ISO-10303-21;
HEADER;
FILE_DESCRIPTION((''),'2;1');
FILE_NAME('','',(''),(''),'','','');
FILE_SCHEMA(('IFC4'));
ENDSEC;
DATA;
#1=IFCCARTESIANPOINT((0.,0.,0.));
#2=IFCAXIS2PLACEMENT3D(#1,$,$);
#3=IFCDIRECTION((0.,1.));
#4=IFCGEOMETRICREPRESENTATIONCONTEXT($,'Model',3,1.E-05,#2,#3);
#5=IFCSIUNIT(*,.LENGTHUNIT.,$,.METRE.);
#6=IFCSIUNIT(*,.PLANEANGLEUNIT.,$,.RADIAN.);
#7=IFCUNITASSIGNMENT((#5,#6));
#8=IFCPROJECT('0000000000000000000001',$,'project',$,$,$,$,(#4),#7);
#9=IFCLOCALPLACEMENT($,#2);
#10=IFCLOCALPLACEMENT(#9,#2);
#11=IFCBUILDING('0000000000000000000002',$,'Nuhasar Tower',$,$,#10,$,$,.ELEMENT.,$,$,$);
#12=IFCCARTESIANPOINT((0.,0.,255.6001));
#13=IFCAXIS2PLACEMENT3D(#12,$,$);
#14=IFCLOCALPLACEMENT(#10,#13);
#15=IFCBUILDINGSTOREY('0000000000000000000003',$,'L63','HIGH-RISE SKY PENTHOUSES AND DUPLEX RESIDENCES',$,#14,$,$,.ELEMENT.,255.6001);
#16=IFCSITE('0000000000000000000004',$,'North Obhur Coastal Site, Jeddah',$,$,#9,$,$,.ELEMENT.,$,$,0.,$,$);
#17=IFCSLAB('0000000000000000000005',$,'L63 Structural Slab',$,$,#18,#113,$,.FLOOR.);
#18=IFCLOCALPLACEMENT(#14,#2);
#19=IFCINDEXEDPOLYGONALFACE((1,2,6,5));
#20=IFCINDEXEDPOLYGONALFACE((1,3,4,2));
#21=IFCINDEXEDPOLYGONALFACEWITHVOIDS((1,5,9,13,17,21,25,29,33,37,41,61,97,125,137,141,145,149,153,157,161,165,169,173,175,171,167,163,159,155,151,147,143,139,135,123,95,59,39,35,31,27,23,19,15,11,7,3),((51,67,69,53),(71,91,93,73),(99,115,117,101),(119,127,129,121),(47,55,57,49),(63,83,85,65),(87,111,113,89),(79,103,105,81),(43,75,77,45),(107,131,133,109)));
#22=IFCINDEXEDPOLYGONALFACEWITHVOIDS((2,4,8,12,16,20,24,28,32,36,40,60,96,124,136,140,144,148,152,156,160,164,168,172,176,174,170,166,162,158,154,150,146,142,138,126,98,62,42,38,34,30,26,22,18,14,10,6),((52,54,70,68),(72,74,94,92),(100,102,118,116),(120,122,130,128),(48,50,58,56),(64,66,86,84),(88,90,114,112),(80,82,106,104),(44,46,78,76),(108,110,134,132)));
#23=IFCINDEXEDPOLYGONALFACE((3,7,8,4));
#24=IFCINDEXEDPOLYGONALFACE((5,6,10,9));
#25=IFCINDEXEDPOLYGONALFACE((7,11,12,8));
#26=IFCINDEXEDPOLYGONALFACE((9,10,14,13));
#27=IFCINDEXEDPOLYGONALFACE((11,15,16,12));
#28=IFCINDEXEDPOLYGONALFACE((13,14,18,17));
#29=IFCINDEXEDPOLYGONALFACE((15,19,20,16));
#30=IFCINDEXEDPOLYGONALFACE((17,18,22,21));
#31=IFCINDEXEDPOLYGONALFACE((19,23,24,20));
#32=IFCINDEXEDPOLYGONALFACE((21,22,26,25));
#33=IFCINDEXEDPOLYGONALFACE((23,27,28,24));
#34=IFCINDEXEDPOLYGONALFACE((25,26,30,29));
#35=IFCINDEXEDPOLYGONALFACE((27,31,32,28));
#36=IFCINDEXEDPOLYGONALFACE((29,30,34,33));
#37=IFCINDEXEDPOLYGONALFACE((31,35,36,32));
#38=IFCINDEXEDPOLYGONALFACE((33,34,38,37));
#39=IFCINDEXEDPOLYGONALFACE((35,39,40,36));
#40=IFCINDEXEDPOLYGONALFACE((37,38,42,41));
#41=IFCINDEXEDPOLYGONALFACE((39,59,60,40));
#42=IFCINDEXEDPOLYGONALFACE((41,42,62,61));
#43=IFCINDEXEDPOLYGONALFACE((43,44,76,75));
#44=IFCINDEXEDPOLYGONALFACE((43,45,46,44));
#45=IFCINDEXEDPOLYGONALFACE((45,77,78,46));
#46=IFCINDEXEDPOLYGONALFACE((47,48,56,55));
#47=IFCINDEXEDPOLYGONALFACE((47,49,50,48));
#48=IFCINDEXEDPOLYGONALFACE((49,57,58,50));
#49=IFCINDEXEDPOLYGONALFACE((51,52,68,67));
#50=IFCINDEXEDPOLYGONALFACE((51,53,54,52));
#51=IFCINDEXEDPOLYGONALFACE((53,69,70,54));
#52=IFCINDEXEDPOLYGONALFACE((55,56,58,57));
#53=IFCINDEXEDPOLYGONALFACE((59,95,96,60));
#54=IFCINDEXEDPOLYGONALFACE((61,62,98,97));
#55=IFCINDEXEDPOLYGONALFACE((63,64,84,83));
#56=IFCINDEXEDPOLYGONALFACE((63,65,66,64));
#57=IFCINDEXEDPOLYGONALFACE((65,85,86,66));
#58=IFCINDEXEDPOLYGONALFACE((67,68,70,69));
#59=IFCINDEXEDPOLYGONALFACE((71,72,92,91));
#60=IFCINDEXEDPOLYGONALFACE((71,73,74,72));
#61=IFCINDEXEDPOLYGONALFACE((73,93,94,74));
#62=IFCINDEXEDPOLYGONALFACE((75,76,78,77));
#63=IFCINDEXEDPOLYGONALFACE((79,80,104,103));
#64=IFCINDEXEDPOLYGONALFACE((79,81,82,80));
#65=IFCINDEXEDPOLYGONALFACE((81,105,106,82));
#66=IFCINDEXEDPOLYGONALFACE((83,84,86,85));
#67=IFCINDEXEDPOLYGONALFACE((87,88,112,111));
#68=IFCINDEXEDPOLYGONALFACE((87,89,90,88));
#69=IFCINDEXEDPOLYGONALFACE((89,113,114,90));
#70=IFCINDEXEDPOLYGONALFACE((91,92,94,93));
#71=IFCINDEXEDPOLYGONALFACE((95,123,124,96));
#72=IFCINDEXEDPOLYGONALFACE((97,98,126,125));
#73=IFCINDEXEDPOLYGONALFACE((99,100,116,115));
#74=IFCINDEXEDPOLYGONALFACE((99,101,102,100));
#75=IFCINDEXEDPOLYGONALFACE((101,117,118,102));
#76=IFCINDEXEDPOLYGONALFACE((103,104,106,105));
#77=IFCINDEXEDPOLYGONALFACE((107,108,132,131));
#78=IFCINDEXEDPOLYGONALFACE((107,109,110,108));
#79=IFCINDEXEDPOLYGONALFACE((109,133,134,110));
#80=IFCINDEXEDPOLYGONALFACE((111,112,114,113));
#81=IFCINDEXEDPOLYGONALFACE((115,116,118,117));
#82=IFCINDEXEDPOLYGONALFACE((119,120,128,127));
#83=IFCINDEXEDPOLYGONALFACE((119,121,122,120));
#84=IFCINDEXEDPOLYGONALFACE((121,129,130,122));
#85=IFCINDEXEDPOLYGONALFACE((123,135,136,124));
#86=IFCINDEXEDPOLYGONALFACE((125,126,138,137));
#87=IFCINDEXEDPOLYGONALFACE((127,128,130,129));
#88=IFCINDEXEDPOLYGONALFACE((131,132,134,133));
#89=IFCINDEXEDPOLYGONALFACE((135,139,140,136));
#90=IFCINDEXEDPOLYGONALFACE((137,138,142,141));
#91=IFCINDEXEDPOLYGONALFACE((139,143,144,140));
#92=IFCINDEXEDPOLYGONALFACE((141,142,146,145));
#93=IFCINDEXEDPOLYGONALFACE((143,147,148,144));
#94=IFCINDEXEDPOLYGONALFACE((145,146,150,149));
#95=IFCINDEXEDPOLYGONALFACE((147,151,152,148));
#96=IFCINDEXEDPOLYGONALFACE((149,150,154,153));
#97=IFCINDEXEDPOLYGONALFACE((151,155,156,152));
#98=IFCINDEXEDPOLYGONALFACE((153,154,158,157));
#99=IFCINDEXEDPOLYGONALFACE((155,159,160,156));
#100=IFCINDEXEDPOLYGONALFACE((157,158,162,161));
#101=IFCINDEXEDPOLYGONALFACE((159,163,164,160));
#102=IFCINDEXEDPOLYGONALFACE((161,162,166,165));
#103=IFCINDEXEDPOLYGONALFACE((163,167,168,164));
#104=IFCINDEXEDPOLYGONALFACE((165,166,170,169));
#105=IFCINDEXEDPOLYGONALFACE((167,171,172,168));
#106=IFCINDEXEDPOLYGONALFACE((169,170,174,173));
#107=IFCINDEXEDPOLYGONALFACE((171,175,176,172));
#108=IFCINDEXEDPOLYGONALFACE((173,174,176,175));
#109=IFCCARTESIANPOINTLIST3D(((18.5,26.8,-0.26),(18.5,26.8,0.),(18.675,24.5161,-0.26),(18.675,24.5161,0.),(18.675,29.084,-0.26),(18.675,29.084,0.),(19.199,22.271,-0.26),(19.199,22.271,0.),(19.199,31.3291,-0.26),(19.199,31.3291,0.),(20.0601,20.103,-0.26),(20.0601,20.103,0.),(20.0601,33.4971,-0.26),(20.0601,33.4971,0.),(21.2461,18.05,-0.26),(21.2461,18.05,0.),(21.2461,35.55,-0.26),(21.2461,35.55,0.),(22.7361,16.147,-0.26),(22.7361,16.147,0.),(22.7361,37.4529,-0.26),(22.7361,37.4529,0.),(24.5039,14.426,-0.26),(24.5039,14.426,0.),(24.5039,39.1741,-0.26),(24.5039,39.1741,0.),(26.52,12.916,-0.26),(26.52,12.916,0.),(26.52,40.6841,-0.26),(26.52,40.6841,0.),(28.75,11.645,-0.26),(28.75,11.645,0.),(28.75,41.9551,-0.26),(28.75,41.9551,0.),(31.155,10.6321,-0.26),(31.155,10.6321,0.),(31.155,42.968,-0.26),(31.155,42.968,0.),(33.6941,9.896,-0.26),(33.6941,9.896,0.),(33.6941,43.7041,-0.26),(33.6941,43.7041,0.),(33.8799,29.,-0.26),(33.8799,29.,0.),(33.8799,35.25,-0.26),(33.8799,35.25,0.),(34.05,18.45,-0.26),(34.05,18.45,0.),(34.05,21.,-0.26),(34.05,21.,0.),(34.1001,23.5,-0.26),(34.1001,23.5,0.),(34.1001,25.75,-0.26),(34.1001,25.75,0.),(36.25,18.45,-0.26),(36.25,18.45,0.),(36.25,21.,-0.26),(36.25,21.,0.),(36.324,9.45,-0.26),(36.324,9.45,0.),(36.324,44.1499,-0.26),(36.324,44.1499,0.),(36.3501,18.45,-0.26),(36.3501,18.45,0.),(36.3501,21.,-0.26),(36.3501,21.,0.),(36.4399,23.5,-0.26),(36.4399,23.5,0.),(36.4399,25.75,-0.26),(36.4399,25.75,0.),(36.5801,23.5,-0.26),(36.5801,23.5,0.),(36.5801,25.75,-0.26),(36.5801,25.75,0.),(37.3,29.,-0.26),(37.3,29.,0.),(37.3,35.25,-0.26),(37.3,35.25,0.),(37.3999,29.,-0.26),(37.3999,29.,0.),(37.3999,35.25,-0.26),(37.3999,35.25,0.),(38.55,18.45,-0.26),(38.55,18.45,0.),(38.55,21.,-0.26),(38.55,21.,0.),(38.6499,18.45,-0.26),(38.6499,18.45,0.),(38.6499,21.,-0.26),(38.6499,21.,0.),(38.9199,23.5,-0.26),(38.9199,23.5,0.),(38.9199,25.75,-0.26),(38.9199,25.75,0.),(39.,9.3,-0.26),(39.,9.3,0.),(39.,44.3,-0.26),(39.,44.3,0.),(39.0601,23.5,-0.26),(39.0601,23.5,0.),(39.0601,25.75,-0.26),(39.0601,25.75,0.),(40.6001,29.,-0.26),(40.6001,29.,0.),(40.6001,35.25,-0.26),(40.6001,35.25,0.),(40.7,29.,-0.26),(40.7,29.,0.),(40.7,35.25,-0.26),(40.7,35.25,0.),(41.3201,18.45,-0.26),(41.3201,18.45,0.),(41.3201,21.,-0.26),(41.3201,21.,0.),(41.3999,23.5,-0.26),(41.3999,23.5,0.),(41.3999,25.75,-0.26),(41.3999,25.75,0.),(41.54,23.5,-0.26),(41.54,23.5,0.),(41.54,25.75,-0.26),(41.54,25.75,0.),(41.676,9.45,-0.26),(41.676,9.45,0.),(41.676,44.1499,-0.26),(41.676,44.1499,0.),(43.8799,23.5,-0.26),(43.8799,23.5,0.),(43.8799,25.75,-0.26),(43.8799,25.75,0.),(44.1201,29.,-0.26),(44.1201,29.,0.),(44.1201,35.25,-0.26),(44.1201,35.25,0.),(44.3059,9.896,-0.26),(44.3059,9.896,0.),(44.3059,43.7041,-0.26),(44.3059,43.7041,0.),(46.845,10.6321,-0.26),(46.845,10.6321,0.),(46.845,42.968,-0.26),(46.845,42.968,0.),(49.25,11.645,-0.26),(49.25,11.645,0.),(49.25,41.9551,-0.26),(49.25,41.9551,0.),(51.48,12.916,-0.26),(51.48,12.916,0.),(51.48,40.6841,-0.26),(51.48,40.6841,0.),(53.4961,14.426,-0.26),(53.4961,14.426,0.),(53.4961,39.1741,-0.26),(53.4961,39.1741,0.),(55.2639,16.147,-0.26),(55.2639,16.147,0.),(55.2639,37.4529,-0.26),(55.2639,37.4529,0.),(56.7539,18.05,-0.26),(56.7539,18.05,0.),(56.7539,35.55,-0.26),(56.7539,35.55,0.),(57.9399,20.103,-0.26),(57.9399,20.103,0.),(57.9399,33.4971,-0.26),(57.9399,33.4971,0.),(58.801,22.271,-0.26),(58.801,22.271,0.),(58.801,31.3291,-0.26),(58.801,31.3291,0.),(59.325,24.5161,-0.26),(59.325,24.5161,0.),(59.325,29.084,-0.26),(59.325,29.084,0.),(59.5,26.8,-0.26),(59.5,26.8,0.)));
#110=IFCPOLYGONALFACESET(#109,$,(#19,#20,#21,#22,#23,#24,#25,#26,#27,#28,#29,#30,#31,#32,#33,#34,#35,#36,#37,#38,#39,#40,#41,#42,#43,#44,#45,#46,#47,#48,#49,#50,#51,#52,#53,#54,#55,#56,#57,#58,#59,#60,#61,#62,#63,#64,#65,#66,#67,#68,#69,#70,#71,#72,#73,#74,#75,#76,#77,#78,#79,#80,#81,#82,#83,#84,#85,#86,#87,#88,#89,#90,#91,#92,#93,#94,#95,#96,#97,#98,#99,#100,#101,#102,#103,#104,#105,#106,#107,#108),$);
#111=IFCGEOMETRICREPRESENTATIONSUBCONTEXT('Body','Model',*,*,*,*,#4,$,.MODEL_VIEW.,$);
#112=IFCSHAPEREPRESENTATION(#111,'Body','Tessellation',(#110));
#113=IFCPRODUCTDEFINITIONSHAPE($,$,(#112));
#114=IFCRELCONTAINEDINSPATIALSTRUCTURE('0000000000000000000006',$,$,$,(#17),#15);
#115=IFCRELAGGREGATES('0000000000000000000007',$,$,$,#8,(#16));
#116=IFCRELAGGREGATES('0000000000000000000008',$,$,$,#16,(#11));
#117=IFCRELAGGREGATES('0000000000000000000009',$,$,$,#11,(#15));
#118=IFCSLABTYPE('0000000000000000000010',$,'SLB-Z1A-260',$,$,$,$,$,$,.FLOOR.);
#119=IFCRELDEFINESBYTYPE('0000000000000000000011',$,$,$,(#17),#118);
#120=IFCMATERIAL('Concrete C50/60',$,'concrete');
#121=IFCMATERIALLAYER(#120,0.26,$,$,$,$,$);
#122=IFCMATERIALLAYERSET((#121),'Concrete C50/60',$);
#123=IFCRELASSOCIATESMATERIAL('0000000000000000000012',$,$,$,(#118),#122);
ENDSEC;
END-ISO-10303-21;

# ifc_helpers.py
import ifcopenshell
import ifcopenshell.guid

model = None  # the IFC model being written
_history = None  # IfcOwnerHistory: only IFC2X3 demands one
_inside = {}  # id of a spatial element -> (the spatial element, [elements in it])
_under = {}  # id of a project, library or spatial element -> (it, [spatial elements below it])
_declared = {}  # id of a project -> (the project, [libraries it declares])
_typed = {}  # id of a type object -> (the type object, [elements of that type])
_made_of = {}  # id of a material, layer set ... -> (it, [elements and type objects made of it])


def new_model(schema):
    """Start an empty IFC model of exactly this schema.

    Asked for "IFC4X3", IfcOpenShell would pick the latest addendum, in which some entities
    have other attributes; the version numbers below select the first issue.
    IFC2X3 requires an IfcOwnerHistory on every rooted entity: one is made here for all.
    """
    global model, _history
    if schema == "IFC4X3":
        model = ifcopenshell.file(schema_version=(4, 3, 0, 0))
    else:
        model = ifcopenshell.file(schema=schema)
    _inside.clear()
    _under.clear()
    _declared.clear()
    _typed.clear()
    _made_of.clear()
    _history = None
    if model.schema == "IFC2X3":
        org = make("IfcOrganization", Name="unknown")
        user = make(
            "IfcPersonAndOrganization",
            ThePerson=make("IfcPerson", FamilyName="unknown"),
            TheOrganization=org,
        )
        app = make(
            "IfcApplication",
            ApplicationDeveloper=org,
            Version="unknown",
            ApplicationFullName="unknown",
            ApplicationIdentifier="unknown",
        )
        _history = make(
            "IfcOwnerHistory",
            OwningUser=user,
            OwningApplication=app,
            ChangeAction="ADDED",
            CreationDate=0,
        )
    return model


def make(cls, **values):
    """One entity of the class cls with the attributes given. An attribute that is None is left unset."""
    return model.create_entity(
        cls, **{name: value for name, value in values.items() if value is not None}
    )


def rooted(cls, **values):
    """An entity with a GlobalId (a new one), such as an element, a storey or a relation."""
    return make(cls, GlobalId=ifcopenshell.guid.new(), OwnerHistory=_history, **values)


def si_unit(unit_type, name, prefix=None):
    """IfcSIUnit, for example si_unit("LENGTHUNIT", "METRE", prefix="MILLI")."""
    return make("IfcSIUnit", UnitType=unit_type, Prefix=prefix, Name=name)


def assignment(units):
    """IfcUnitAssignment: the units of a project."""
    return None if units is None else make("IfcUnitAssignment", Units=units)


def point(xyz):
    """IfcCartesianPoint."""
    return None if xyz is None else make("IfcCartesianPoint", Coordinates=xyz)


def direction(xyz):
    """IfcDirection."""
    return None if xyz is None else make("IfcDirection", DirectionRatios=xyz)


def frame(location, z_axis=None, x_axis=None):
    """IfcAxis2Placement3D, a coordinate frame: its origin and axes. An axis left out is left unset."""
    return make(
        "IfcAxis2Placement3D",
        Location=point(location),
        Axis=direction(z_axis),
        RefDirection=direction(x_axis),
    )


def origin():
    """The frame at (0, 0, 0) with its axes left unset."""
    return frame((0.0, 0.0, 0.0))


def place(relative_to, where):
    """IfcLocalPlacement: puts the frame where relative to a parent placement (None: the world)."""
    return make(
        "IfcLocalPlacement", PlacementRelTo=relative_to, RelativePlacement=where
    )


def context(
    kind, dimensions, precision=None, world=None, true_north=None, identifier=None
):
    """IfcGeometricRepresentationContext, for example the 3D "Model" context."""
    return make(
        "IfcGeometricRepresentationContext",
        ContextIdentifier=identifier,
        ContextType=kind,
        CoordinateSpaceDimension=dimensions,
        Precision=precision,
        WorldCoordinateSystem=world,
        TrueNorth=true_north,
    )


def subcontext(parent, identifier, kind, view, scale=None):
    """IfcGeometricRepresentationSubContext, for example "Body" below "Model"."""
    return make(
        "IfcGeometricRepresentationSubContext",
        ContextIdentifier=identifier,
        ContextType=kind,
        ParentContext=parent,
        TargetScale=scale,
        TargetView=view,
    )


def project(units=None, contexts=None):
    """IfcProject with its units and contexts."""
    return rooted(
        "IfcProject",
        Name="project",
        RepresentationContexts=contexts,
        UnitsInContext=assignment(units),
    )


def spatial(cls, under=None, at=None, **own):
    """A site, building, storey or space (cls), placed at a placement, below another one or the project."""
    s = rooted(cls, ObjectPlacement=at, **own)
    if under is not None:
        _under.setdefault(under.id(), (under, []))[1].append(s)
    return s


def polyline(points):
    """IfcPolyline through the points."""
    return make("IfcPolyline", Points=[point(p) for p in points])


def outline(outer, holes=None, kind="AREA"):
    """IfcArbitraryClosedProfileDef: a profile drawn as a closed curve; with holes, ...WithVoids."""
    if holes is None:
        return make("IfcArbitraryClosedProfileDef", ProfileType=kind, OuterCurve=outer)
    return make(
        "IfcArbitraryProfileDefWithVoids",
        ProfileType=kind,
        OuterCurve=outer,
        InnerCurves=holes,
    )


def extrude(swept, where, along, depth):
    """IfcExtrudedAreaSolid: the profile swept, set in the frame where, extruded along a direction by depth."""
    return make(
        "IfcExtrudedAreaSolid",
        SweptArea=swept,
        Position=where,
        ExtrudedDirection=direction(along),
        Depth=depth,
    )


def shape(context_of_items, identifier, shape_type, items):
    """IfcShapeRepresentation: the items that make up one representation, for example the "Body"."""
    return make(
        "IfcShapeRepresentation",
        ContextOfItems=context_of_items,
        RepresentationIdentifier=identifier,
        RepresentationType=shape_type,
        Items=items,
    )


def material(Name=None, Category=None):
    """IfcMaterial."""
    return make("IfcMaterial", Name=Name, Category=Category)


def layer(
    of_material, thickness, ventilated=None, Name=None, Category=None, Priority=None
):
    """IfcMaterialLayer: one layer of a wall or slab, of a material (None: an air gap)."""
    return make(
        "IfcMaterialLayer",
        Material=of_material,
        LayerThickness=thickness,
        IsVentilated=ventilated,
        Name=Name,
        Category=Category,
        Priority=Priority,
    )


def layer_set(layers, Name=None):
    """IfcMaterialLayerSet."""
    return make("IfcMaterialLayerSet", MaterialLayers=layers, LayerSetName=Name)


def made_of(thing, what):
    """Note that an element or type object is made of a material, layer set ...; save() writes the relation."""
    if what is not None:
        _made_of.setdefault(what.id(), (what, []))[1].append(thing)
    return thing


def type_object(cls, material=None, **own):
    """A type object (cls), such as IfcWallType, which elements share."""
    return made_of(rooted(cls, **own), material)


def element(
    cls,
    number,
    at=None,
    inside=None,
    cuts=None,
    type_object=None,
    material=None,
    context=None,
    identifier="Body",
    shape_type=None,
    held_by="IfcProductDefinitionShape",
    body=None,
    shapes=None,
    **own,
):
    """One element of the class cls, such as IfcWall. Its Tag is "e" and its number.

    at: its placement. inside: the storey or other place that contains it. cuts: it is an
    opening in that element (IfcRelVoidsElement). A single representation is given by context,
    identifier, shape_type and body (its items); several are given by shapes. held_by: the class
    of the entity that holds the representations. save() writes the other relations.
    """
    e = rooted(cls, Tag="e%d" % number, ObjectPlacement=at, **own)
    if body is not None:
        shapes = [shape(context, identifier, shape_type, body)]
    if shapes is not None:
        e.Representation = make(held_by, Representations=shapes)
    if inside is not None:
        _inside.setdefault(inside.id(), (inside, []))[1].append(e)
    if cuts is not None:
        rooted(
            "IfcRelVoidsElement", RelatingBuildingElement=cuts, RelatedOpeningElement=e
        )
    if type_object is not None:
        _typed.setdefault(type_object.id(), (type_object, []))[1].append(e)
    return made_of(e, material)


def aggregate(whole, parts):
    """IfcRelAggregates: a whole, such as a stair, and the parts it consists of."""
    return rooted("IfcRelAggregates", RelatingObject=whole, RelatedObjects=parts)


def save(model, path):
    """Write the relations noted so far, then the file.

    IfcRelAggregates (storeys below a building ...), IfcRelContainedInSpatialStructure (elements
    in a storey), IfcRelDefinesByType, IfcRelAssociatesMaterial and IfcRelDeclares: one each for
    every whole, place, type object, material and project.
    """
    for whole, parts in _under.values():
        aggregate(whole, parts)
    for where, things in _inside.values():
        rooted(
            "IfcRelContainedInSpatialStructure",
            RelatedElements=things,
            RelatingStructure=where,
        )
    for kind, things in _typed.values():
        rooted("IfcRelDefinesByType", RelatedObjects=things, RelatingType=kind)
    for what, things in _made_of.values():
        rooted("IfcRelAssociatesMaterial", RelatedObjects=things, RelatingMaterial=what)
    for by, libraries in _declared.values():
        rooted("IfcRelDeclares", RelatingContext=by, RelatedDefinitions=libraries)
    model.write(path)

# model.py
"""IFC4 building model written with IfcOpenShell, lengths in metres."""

from ifc_helpers import new_model, si_unit, direction, frame, origin, place, context, subcontext, project, spatial, polyline, outline, extrude, material, layer, layer_set, type_object, element, save


model = new_model("IFC4")

# Units and contexts
model_context = context("Model", 3, precision=1e-05, world=origin(), true_north=direction((0.0, 1.0)))
body_context = subcontext(model_context, "Body", "Model", "MODEL_VIEW")
ifc_project = project(units=[si_unit("LENGTHUNIT", "METRE"), si_unit("PLANEANGLEUNIT", "RADIAN")], contexts=[model_context])

# Site, building, storey
site_placement = place(None, origin())
site = spatial("IfcSite", under=ifc_project, at=site_placement, Name="North Obhur Coastal Site, Jeddah", CompositionType="ELEMENT", RefElevation=0.0)
building_placement = place(site_placement, origin())
building = spatial("IfcBuilding", under=site, at=building_placement, Name="Nuhasar Tower", CompositionType="ELEMENT")
storey_placement = place(building_placement, frame((0.0, 0.0, 255.6001)))
storey = spatial("IfcBuildingStorey", under=building, at=storey_placement, Name="L63", Description="HIGH-RISE SKY PENTHOUSES AND DUPLEX RESIDENCES", CompositionType="ELEMENT", Elevation=255.6001)

# Shared definitions
ifc_material_1 = material(Name="Concrete C50/60", Category="concrete")

# Slab
ifc_layer_1 = layer(ifc_material_1, 0.26)
ifc_layer_set_1 = layer_set([ifc_layer_1], Name="Concrete C50/60")
slab_type_1 = type_object("IfcSlabType", Name="SLB-Z1A-260", PredefinedType="FLOOR", material=ifc_layer_set_1)
slab_1_placement = place(storey_placement, frame((0.0, 0.0, -0.26)))
element("IfcSlab", 1, at=slab_1_placement, inside=storey, type_object=slab_type_1, Name="L63 Structural Slab", PredefinedType="FLOOR", context=body_context, shape_type="SweptSolid", body=[
    extrude(outline(polyline([(59.5, 26.8), (59.325, 29.084), (58.801, 31.3291), (57.9399, 33.4971), (56.7539, 35.55), (55.2639, 37.4529), (53.4961, 39.1741), (51.48, 40.6841), (49.25, 41.9551), (46.845, 42.968), (44.3059, 43.7041), (41.676, 44.1499), (39.0, 44.3), (36.324, 44.1499), (33.6941, 43.7041), (31.155, 42.968), (28.75, 41.9551), (26.52, 40.6841), (24.5039, 39.1741), (22.7361, 37.4529), (21.2461, 35.55), (20.0601, 33.4971), (19.199, 31.3291), (18.675, 29.084), (18.5, 26.8), (18.675, 24.5161), (19.199, 22.271), (20.0601, 20.103), (21.2461, 18.05), (22.7361, 16.147), (24.5039, 14.426), (26.52, 12.916), (28.75, 11.645), (31.155, 10.6321), (33.6941, 9.896), (36.324, 9.45), (39.0, 9.3), (41.676, 9.45), (44.3059, 9.896), (46.845, 10.6321), (49.25, 11.645), (51.48, 12.916), (53.4961, 14.426), (55.2639, 16.147), (56.7539, 18.05), (57.9399, 20.103), (58.801, 22.271), (59.325, 24.5161), (59.5, 26.8)]), holes=[polyline([(33.8799, 35.25), (37.3, 35.25), (37.3, 29.0), (33.8799, 29.0), (33.8799, 35.25)]), polyline([(37.3999, 35.25), (40.6001, 35.25), (40.6001, 29.0), (37.3999, 29.0), (37.3999, 35.25)]), polyline([(40.7, 35.25), (44.1201, 35.25), (44.1201, 29.0), (40.7, 29.0), (40.7, 35.25)]), polyline([(34.1001, 25.75), (36.4399, 25.75), (36.4399, 23.5), (34.1001, 23.5), (34.1001, 25.75)]), polyline([(36.5801, 25.75), (38.9199, 25.75), (38.9199, 23.5), (36.5801, 23.5), (36.5801, 25.75)]), polyline([(39.0601, 25.75), (41.3999, 25.75), (41.3999, 23.5), (39.0601, 23.5), (39.0601, 25.75)]), polyline([(41.54, 25.75), (43.8799, 25.75), (43.8799, 23.5), (41.54, 23.5), (41.54, 25.75)]), polyline([(34.05, 21.0), (36.25, 21.0), (36.25, 18.45), (34.05, 18.45), (34.05, 21.0)]), polyline([(36.3501, 21.0), (38.55, 21.0), (38.55, 18.45), (36.3501, 18.45), (36.3501, 21.0)]), polyline([(38.6499, 21.0), (41.3201, 21.0), (41.3201, 18.45), (38.6499, 18.45), (38.6499, 21.0)])]), origin(), (0.0, 0.0, 1.0), 0.26),
])

save(model, "model.ifc")
